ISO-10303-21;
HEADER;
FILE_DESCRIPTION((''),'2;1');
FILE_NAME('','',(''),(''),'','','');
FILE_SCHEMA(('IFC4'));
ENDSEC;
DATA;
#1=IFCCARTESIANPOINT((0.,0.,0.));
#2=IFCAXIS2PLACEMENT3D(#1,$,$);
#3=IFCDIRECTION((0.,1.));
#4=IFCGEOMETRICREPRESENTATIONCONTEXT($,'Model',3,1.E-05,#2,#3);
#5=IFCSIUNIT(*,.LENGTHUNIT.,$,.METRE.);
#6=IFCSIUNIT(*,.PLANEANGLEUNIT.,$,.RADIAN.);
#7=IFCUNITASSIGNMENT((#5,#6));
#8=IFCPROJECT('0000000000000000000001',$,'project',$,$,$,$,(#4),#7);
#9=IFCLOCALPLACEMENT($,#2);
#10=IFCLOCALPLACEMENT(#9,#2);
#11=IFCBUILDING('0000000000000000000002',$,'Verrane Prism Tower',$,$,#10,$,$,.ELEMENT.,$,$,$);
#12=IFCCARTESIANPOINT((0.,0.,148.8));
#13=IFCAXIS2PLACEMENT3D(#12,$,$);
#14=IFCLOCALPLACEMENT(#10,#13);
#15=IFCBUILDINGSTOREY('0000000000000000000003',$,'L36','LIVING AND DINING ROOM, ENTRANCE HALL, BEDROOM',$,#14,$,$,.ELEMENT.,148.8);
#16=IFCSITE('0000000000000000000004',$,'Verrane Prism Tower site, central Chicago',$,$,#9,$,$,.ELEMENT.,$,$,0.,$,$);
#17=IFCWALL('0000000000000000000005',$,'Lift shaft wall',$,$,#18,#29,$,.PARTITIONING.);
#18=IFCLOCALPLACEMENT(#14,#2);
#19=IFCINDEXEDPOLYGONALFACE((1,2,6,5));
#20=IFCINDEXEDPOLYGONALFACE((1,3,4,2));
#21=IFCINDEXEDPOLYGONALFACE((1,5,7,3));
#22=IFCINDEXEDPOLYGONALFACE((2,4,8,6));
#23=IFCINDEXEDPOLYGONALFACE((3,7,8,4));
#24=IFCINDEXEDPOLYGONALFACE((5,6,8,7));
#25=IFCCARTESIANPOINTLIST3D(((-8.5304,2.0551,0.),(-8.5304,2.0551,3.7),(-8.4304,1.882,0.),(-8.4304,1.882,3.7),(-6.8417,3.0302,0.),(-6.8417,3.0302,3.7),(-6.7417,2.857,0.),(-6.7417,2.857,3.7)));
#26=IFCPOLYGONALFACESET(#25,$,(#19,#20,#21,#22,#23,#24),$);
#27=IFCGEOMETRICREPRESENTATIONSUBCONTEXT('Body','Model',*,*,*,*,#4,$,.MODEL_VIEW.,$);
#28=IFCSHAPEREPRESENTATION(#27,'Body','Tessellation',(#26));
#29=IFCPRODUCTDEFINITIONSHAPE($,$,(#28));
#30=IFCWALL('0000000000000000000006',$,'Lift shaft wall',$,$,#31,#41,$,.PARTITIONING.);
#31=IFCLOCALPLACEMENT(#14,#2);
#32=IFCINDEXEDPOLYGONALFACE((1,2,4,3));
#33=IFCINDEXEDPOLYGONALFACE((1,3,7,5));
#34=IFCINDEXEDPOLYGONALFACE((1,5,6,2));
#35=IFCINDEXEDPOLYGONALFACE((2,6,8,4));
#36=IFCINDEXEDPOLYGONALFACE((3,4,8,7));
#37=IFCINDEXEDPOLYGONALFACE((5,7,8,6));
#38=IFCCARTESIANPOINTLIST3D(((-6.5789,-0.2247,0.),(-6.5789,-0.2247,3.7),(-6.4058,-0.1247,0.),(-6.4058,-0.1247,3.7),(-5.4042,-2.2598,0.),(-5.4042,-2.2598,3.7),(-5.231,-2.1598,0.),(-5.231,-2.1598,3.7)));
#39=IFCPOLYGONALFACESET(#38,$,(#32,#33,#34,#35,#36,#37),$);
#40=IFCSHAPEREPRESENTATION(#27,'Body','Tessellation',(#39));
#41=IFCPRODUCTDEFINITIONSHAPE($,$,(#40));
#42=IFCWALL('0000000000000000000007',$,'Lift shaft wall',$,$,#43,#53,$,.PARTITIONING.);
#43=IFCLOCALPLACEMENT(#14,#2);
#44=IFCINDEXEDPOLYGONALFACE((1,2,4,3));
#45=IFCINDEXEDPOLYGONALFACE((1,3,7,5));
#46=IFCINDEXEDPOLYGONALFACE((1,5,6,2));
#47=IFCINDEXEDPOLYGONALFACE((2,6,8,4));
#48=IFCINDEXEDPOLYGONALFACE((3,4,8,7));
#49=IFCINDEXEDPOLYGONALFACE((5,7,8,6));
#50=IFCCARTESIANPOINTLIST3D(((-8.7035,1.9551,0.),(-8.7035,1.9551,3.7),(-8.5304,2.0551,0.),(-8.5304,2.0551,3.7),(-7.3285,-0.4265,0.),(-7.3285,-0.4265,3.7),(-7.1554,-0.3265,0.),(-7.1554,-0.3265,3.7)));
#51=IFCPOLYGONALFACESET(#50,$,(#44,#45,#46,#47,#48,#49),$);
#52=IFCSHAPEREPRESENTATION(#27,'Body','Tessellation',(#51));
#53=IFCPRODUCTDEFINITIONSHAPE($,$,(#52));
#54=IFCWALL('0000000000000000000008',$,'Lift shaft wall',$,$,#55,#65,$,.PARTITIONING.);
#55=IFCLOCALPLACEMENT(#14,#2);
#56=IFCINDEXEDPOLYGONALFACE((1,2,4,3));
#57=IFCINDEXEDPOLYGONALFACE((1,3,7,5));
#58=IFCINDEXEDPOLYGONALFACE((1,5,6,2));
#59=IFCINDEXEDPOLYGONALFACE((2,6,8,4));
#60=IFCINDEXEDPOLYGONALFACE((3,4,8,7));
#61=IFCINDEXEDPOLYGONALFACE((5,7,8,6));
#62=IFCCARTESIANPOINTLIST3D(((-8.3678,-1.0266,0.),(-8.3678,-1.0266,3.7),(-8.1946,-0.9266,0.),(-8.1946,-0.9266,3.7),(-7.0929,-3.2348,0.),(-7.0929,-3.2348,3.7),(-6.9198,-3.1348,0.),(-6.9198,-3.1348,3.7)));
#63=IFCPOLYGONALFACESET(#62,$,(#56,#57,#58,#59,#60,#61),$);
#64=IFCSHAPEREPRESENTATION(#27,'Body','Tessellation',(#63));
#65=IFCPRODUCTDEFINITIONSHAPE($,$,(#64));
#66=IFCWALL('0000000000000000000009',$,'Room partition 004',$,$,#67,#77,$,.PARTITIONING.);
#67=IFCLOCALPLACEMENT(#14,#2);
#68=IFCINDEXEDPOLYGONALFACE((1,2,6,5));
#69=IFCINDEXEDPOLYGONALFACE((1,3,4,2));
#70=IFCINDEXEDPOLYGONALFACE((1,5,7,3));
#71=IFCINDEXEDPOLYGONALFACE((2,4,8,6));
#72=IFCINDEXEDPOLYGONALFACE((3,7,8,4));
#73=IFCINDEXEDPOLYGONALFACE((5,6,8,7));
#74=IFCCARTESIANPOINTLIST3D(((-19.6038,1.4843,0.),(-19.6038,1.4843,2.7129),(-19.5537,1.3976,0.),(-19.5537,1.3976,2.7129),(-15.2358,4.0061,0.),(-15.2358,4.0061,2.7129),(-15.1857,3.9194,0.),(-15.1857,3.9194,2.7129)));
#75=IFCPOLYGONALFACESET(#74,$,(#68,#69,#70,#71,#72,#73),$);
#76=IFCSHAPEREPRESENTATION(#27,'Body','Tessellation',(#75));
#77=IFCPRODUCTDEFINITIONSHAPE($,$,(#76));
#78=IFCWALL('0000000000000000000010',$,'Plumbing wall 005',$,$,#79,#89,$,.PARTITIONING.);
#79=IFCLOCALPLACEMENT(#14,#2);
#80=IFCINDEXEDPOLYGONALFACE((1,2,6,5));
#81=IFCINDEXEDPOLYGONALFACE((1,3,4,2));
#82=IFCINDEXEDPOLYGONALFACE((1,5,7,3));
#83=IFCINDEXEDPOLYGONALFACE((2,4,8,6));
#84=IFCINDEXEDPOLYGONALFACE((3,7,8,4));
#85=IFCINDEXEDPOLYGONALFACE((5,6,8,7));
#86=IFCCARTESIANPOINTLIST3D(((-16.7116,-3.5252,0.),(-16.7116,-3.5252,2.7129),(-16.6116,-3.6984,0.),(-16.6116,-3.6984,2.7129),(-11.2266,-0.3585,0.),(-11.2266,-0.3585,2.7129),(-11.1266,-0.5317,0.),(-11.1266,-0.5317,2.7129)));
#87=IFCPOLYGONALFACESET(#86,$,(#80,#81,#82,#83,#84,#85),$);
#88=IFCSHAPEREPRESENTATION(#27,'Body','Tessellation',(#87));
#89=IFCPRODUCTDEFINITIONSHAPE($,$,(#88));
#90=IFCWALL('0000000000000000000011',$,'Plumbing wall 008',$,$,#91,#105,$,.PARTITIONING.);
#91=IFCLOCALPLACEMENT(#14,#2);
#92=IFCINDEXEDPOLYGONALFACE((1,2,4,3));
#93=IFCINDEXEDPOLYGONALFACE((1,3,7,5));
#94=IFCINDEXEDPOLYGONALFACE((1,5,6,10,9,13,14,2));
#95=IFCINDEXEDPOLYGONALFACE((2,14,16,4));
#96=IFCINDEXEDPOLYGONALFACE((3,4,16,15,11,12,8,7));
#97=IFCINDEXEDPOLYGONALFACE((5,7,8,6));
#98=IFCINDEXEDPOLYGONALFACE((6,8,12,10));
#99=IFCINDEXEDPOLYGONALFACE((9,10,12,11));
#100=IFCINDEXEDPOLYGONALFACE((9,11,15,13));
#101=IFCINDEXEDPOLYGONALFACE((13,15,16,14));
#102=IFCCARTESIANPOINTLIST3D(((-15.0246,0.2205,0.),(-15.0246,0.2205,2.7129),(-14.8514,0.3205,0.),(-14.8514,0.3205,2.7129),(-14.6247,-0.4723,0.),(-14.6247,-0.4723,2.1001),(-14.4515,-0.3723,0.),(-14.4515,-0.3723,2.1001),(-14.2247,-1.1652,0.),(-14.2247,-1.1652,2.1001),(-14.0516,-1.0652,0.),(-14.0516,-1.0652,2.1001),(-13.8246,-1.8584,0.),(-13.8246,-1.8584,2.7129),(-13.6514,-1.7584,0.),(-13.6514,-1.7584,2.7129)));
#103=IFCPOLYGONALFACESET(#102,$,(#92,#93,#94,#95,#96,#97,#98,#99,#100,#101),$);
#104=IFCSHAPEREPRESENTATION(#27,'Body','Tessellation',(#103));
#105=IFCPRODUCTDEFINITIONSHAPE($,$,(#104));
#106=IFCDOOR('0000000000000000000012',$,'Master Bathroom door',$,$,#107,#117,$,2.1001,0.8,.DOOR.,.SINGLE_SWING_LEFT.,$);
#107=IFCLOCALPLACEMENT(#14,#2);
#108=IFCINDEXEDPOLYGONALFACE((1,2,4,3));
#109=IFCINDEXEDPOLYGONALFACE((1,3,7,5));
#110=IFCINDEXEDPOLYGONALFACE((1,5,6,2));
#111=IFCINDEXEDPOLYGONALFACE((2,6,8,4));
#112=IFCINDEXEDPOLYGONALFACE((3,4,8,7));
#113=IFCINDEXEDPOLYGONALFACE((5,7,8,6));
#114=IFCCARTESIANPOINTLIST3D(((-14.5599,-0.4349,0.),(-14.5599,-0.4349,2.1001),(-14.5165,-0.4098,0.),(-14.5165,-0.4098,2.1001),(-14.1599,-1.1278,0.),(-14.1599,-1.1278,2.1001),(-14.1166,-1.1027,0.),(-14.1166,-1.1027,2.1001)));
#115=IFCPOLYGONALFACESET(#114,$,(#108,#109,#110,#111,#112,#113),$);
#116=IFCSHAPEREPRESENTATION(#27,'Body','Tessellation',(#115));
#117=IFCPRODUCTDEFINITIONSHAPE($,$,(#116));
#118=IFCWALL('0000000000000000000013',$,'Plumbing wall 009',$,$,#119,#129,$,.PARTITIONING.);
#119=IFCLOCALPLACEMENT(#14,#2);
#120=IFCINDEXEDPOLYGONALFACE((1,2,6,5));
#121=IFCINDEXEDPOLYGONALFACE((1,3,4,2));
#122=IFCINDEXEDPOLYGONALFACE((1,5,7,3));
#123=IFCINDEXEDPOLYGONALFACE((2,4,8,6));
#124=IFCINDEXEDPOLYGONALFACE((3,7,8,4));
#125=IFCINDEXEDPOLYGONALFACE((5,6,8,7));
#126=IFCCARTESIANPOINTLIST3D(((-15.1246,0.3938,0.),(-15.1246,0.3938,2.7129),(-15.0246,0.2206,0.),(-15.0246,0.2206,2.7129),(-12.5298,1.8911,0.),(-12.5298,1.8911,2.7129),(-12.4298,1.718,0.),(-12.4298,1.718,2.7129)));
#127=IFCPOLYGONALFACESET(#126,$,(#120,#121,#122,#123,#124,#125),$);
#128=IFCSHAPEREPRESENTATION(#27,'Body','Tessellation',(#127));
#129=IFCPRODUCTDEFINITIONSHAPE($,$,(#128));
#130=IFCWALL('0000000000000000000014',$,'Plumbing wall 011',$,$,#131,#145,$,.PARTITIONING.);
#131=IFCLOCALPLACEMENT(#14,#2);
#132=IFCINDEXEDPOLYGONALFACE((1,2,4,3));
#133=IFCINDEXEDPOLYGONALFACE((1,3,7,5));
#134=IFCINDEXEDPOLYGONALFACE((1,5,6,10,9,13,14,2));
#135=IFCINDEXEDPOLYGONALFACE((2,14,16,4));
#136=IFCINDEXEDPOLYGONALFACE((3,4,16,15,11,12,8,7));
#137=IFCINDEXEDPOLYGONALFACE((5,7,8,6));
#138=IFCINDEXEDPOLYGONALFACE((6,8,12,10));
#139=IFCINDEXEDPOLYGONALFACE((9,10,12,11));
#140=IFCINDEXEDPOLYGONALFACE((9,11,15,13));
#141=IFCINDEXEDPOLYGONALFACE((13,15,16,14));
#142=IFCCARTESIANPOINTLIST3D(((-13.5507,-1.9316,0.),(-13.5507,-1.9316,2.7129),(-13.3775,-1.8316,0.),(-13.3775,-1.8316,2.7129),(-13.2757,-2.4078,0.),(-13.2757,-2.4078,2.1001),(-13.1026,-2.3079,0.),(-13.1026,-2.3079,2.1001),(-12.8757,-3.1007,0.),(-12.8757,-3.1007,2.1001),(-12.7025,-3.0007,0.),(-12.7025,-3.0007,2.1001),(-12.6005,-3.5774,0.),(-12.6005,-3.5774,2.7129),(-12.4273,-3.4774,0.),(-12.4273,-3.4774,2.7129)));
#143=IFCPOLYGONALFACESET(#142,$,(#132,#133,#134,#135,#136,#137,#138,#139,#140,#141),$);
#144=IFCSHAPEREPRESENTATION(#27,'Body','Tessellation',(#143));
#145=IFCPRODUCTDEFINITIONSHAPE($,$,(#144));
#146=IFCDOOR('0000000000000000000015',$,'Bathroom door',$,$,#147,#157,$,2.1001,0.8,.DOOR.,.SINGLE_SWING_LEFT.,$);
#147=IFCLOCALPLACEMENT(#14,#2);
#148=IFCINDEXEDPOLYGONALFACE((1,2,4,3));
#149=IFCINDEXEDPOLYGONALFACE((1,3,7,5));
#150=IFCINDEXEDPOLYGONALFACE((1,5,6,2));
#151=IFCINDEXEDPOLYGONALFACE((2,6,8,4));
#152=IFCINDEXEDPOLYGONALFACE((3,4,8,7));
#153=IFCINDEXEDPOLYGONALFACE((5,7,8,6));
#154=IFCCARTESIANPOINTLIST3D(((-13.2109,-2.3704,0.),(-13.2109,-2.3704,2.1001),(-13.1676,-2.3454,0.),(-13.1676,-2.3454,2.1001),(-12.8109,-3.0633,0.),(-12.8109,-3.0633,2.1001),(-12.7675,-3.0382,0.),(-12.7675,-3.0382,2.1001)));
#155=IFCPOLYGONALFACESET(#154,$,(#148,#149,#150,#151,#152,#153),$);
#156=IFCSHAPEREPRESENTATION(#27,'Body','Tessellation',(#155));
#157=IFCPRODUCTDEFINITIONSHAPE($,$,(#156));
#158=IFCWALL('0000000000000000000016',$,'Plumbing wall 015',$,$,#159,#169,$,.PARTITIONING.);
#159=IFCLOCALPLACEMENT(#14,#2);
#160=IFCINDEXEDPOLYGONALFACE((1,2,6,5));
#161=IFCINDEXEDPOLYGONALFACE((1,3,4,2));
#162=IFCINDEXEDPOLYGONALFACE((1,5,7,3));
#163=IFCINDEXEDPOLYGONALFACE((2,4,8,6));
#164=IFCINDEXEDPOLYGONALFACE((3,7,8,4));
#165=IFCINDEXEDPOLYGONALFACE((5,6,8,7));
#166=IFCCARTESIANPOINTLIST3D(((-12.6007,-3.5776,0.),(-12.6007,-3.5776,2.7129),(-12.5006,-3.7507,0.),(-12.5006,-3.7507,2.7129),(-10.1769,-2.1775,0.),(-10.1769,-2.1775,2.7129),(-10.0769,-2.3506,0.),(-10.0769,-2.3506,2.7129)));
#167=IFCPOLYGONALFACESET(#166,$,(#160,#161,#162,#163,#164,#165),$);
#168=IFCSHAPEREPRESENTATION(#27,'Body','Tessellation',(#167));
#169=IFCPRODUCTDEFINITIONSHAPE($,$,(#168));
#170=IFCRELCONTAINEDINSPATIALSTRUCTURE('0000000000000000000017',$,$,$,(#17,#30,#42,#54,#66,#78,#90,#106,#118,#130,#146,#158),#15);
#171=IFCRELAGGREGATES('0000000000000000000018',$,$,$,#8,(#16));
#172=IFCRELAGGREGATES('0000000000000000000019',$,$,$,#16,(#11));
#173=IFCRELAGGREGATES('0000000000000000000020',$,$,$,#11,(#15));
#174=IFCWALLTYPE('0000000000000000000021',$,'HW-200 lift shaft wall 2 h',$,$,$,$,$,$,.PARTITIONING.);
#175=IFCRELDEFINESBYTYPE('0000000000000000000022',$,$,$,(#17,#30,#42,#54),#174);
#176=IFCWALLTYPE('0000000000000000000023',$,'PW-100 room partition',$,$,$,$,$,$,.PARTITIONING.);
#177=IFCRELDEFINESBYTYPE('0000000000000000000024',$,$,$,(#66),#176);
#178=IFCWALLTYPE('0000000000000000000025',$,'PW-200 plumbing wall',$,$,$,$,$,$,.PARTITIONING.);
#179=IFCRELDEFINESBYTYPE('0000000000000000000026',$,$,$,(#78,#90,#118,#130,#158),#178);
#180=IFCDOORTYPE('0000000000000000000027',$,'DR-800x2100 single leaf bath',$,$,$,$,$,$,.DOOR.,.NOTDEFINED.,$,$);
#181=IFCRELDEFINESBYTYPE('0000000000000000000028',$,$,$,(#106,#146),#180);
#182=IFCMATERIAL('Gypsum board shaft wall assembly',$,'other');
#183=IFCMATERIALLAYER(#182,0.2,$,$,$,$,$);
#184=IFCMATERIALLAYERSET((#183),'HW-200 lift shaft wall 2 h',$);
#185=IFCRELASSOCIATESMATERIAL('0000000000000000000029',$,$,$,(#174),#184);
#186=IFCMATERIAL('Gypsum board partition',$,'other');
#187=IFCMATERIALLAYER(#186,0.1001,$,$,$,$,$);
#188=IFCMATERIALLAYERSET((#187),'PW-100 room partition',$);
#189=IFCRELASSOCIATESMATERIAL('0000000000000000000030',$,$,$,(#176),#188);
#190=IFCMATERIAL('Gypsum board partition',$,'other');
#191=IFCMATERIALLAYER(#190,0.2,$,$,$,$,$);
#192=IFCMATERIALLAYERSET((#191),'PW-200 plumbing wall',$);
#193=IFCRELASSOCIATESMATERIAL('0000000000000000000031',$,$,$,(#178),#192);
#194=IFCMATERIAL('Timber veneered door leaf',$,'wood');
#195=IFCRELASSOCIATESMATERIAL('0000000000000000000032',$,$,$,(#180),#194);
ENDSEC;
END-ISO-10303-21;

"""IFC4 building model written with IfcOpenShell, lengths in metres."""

from ifc_helpers import new_model, si_unit, direction, frame, frame_2d, origin, place, context, subcontext, project, spatial, rectangle, extrude, material, layer, layer_set, type_object, element, fill, save


model = new_model("IFC4")

# Units and contexts
model_context = context("Model", 3, precision=1e-05, world=origin(), true_north=direction((0.0, 1.0)))
body_context = subcontext(model_context, "Body", "Model", "MODEL_VIEW")
ifc_project = project(units=[si_unit("LENGTHUNIT", "METRE"), si_unit("PLANEANGLEUNIT", "RADIAN")], contexts=[model_context])

# Site, building, storey
site_placement = place(None, origin())
site = spatial("IfcSite", under=ifc_project, at=site_placement, Name="Verrane Prism Tower site, central Chicago", CompositionType="ELEMENT", RefElevation=0.0)
building_placement = place(site_placement, origin())
building = spatial("IfcBuilding", under=site, at=building_placement, Name="Verrane Prism Tower", CompositionType="ELEMENT")
storey_placement = place(building_placement, frame((0.0, 0.0, 148.8)))
storey = spatial("IfcBuildingStorey", under=building, at=storey_placement, Name="L36", Description="LIVING AND DINING ROOM, ENTRANCE HALL, BEDROOM", CompositionType="ELEMENT", Elevation=148.8)

# Walls
ifc_material_1 = material(Name="Gypsum board shaft wall assembly", Category="other")
ifc_layer_1 = layer(ifc_material_1, 0.2)
ifc_layer_set_1 = layer_set([ifc_layer_1], Name="HW-200 lift shaft wall 2 h")
wall_type_1 = type_object("IfcWallType", Name="HW-200 lift shaft wall 2 h", PredefinedType="PARTITIONING", material=ifc_layer_set_1)
wall_1_placement = place(storey_placement, frame((-8.4805, 1.9685, 0.0), z_axis=(0.0, 0.0, 1.0), x_axis=(0.866, 0.500044, 0.0)))
element("IfcWall", 1, at=wall_1_placement, inside=storey, type_object=wall_type_1, Name="Lift shaft wall", PredefinedType="PARTITIONING", context=body_context, shape_type="SweptSolid", body=[
    extrude(rectangle(XDim=1.95, YDim=0.2, at=frame_2d((0.9751, 0.0))), origin(), (0.0, 0.0, 1.0), 3.7),
])
wall_2_placement = place(storey_placement, frame((-5.3176, -2.2097, 0.0), z_axis=(0.0, 0.0, 1.0), x_axis=(-0.499938, 0.866061, 0.0)))
element("IfcWall", 2, at=wall_2_placement, inside=storey, type_object=wall_type_1, Name="Lift shaft wall", PredefinedType="PARTITIONING", context=body_context, shape_type="SweptSolid", body=[
    extrude(rectangle(XDim=2.3499, YDim=0.2, at=frame_2d((1.1748, 0.0))), origin(), (0.0, 0.0, 1.0), 3.7),
])
wall_3_placement = place(storey_placement, frame((-7.2419, -0.3765, 0.0), z_axis=(0.0, 0.0, 1.0), x_axis=(-0.499997, 0.866027, 0.0)))
element("IfcWall", 3, at=wall_3_placement, inside=storey, type_object=wall_type_1, Name="Lift shaft wall", PredefinedType="PARTITIONING", context=body_context, shape_type="SweptSolid", body=[
    extrude(rectangle(XDim=2.75, YDim=0.2, at=frame_2d((1.375, 0.0))), origin(), (0.0, 0.0, 1.0), 3.7),
])
wall_4_placement = place(storey_placement, frame((-7.0063, -3.1848, 0.0), z_axis=(0.0, 0.0, 1.0), x_axis=(-0.49999, 0.866031, 0.0)))
element("IfcWall", 4, at=wall_4_placement, inside=storey, type_object=wall_type_1, Name="Lift shaft wall", PredefinedType="PARTITIONING", context=body_context, shape_type="SweptSolid", body=[
    extrude(rectangle(XDim=2.5498, YDim=0.2, at=frame_2d((1.2749, 0.0))), origin(), (0.0, 0.0, 1.0), 3.7),
])
ifc_material_2 = material(Name="Gypsum board partition", Category="other")
ifc_layer_2 = layer(ifc_material_2, 0.1001)
ifc_layer_set_2 = layer_set([ifc_layer_2], Name="PW-100 room partition")
wall_type_2 = type_object("IfcWallType", Name="PW-100 room partition", PredefinedType="PARTITIONING", material=ifc_layer_set_2)
wall_5_placement = place(storey_placement, frame((-19.5789, 1.4409, 0.0), z_axis=(0.0, 0.0, 1.0), x_axis=(0.866033, 0.499986, 0.0)))
element("IfcWall", 5, at=wall_5_placement, inside=storey, type_object=wall_type_2, Name="Room partition 004", PredefinedType="PARTITIONING", context=body_context, shape_type="SweptSolid", body=[
    extrude(rectangle(XDim=5.0437, YDim=0.1001, at=frame_2d((2.522, 0.0))), origin(), (0.0, 0.0, 1.0), 2.7129),
])
ifc_material_3 = material(Name="Gypsum board partition", Category="other")
ifc_layer_3 = layer(ifc_material_3, 0.2)
ifc_layer_set_3 = layer_set([ifc_layer_3], Name="PW-200 plumbing wall")
wall_type_3 = type_object("IfcWallType", Name="PW-200 plumbing wall", PredefinedType="PARTITIONING", material=ifc_layer_set_3)
wall_6_placement = place(storey_placement, frame((-16.6616, -3.6118, 0.0), z_axis=(0.0, 0.0, 1.0), x_axis=(0.866031, 0.499991, 0.0)))
element("IfcWall", 6, at=wall_6_placement, inside=storey, type_object=wall_type_3, Name="Plumbing wall 005", PredefinedType="PARTITIONING", context=body_context, shape_type="SweptSolid", body=[
    extrude(rectangle(XDim=6.3335, YDim=0.2, at=frame_2d((3.1667, 0.0))), origin(), (0.0, 0.0, 1.0), 2.7129),
])

# Wall, opening, door
wall_7_placement = place(storey_placement, frame((-14.938, 0.2705, 0.0), z_axis=(0.0, 0.0, 1.0), x_axis=(0.499913, -0.866075, 0.0)))
wall_7 = element("IfcWall", 7, at=wall_7_placement, inside=storey, type_object=wall_type_3, Name="Plumbing wall 008", PredefinedType="PARTITIONING", context=body_context, shape_type="SweptSolid", body=[
    extrude(rectangle(XDim=2.4004, YDim=0.2, at=frame_2d((1.2002, 0.0))), origin(), (0.0, 0.0, 1.0), 2.7129),
])
opening_1_placement = place(wall_7_placement, frame((0.8, 0.0, 0.0)))
opening_1 = element("IfcOpeningElement", 8, at=opening_1_placement, cuts=wall_7, PredefinedType="OPENING", context=body_context, shape_type="SweptSolid", body=[
    extrude(rectangle(XDim=0.8, YDim=2.1001, at=frame_2d((0.3999, 1.05))), frame((0.0, 0.1099, 0.0), z_axis=(0.0, -1.0, 0.0), x_axis=(1.0, 0.0, 0.0)), (0.0, 0.0, 1.0), 0.22),
])
ifc_material_4 = material(Name="Timber veneered door leaf", Category="wood")
door_type = type_object("IfcDoorType", Name="DR-800x2100 single leaf bath", OperationType="NOTDEFINED", PredefinedType="DOOR", material=ifc_material_4)
door_1_placement = place(opening_1_placement, origin())
door_1 = element("IfcDoor", 9, at=door_1_placement, inside=storey, type_object=door_type, Name="Master Bathroom door", OperationType="SINGLE_SWING_LEFT", OverallHeight=2.1001, OverallWidth=0.8, PredefinedType="DOOR", context=body_context, shape_type="SweptSolid", body=[
    extrude(rectangle(XDim=0.8, YDim=2.1001, at=frame_2d((0.3999, 1.05))), frame((0.0, 0.0249, 0.0), z_axis=(0.0, -1.0, 0.0), x_axis=(1.0, 0.0, 0.0)), (0.0, 0.0, 1.0), 0.05),
])
fill(opening_1, door_1)

# Wall
wall_8_placement = place(storey_placement, frame((-15.0747, 0.3071, 0.0), z_axis=(0.0, 0.0, 1.0), x_axis=(0.866134, 0.499812, 0.0)))
element("IfcWall", 10, at=wall_8_placement, inside=storey, type_object=wall_type_3, Name="Plumbing wall 009", PredefinedType="PARTITIONING", context=body_context, shape_type="SweptSolid", body=[
    extrude(rectangle(XDim=2.9958, YDim=0.2, at=frame_2d((1.498, 0.0))), origin(), (0.0, 0.0, 1.0), 2.7129),
])

# Wall, opening, door
wall_9_placement = place(storey_placement, frame((-13.4641, -1.8816, 0.0), z_axis=(0.0, 0.0, 1.0), x_axis=(0.500008, -0.866021, 0.0)))
wall_9 = element("IfcWall", 11, at=wall_9_placement, inside=storey, type_object=wall_type_3, Name="Plumbing wall 011", PredefinedType="PARTITIONING", context=body_context, shape_type="SweptSolid", body=[
    extrude(rectangle(XDim=1.9004, YDim=0.2, at=frame_2d((0.9502, 0.0))), origin(), (0.0, 0.0, 1.0), 2.7129),
])
opening_2_placement = place(wall_9_placement, frame((0.55, 0.0, 0.0)))
opening_2 = element("IfcOpeningElement", 12, at=opening_2_placement, cuts=wall_9, PredefinedType="OPENING", context=body_context, shape_type="SweptSolid", body=[
    extrude(rectangle(XDim=0.8, YDim=2.1001, at=frame_2d((0.3999, 1.05))), frame((0.0, 0.1099, 0.0), z_axis=(0.0, -1.0, 0.0), x_axis=(1.0, 0.0, 0.0)), (0.0, 0.0, 1.0), 0.22),
])
door_2_placement = place(opening_2_placement, origin())
door_2 = element("IfcDoor", 13, at=door_2_placement, inside=storey, type_object=door_type, Name="Bathroom door", OperationType="SINGLE_SWING_LEFT", OverallHeight=2.1001, OverallWidth=0.8, PredefinedType="DOOR", context=body_context, shape_type="SweptSolid", body=[
    extrude(rectangle(XDim=0.8, YDim=2.1001, at=frame_2d((0.3999, 1.05))), frame((0.0, 0.0249, 0.0), z_axis=(0.0, -1.0, 0.0), x_axis=(1.0, 0.0, 0.0)), (0.0, 0.0, 1.0), 0.05),
])
fill(opening_2, door_2)

# Wall
wall_10_placement = place(storey_placement, frame((-12.5505, -3.6641, 0.0), z_axis=(0.0, 0.0, 1.0), x_axis=(0.86591, 0.500201, 0.0)))
element("IfcWall", 14, at=wall_10_placement, inside=storey, type_object=wall_type_3, Name="Plumbing wall 015", PredefinedType="PARTITIONING", context=body_context, shape_type="SweptSolid", body=[
    extrude(rectangle(XDim=2.7991, YDim=0.2, at=frame_2d((1.3994, 0.0))), origin(), (0.0, 0.0, 1.0), 2.7129),
])

save(model, "model.ifc")
